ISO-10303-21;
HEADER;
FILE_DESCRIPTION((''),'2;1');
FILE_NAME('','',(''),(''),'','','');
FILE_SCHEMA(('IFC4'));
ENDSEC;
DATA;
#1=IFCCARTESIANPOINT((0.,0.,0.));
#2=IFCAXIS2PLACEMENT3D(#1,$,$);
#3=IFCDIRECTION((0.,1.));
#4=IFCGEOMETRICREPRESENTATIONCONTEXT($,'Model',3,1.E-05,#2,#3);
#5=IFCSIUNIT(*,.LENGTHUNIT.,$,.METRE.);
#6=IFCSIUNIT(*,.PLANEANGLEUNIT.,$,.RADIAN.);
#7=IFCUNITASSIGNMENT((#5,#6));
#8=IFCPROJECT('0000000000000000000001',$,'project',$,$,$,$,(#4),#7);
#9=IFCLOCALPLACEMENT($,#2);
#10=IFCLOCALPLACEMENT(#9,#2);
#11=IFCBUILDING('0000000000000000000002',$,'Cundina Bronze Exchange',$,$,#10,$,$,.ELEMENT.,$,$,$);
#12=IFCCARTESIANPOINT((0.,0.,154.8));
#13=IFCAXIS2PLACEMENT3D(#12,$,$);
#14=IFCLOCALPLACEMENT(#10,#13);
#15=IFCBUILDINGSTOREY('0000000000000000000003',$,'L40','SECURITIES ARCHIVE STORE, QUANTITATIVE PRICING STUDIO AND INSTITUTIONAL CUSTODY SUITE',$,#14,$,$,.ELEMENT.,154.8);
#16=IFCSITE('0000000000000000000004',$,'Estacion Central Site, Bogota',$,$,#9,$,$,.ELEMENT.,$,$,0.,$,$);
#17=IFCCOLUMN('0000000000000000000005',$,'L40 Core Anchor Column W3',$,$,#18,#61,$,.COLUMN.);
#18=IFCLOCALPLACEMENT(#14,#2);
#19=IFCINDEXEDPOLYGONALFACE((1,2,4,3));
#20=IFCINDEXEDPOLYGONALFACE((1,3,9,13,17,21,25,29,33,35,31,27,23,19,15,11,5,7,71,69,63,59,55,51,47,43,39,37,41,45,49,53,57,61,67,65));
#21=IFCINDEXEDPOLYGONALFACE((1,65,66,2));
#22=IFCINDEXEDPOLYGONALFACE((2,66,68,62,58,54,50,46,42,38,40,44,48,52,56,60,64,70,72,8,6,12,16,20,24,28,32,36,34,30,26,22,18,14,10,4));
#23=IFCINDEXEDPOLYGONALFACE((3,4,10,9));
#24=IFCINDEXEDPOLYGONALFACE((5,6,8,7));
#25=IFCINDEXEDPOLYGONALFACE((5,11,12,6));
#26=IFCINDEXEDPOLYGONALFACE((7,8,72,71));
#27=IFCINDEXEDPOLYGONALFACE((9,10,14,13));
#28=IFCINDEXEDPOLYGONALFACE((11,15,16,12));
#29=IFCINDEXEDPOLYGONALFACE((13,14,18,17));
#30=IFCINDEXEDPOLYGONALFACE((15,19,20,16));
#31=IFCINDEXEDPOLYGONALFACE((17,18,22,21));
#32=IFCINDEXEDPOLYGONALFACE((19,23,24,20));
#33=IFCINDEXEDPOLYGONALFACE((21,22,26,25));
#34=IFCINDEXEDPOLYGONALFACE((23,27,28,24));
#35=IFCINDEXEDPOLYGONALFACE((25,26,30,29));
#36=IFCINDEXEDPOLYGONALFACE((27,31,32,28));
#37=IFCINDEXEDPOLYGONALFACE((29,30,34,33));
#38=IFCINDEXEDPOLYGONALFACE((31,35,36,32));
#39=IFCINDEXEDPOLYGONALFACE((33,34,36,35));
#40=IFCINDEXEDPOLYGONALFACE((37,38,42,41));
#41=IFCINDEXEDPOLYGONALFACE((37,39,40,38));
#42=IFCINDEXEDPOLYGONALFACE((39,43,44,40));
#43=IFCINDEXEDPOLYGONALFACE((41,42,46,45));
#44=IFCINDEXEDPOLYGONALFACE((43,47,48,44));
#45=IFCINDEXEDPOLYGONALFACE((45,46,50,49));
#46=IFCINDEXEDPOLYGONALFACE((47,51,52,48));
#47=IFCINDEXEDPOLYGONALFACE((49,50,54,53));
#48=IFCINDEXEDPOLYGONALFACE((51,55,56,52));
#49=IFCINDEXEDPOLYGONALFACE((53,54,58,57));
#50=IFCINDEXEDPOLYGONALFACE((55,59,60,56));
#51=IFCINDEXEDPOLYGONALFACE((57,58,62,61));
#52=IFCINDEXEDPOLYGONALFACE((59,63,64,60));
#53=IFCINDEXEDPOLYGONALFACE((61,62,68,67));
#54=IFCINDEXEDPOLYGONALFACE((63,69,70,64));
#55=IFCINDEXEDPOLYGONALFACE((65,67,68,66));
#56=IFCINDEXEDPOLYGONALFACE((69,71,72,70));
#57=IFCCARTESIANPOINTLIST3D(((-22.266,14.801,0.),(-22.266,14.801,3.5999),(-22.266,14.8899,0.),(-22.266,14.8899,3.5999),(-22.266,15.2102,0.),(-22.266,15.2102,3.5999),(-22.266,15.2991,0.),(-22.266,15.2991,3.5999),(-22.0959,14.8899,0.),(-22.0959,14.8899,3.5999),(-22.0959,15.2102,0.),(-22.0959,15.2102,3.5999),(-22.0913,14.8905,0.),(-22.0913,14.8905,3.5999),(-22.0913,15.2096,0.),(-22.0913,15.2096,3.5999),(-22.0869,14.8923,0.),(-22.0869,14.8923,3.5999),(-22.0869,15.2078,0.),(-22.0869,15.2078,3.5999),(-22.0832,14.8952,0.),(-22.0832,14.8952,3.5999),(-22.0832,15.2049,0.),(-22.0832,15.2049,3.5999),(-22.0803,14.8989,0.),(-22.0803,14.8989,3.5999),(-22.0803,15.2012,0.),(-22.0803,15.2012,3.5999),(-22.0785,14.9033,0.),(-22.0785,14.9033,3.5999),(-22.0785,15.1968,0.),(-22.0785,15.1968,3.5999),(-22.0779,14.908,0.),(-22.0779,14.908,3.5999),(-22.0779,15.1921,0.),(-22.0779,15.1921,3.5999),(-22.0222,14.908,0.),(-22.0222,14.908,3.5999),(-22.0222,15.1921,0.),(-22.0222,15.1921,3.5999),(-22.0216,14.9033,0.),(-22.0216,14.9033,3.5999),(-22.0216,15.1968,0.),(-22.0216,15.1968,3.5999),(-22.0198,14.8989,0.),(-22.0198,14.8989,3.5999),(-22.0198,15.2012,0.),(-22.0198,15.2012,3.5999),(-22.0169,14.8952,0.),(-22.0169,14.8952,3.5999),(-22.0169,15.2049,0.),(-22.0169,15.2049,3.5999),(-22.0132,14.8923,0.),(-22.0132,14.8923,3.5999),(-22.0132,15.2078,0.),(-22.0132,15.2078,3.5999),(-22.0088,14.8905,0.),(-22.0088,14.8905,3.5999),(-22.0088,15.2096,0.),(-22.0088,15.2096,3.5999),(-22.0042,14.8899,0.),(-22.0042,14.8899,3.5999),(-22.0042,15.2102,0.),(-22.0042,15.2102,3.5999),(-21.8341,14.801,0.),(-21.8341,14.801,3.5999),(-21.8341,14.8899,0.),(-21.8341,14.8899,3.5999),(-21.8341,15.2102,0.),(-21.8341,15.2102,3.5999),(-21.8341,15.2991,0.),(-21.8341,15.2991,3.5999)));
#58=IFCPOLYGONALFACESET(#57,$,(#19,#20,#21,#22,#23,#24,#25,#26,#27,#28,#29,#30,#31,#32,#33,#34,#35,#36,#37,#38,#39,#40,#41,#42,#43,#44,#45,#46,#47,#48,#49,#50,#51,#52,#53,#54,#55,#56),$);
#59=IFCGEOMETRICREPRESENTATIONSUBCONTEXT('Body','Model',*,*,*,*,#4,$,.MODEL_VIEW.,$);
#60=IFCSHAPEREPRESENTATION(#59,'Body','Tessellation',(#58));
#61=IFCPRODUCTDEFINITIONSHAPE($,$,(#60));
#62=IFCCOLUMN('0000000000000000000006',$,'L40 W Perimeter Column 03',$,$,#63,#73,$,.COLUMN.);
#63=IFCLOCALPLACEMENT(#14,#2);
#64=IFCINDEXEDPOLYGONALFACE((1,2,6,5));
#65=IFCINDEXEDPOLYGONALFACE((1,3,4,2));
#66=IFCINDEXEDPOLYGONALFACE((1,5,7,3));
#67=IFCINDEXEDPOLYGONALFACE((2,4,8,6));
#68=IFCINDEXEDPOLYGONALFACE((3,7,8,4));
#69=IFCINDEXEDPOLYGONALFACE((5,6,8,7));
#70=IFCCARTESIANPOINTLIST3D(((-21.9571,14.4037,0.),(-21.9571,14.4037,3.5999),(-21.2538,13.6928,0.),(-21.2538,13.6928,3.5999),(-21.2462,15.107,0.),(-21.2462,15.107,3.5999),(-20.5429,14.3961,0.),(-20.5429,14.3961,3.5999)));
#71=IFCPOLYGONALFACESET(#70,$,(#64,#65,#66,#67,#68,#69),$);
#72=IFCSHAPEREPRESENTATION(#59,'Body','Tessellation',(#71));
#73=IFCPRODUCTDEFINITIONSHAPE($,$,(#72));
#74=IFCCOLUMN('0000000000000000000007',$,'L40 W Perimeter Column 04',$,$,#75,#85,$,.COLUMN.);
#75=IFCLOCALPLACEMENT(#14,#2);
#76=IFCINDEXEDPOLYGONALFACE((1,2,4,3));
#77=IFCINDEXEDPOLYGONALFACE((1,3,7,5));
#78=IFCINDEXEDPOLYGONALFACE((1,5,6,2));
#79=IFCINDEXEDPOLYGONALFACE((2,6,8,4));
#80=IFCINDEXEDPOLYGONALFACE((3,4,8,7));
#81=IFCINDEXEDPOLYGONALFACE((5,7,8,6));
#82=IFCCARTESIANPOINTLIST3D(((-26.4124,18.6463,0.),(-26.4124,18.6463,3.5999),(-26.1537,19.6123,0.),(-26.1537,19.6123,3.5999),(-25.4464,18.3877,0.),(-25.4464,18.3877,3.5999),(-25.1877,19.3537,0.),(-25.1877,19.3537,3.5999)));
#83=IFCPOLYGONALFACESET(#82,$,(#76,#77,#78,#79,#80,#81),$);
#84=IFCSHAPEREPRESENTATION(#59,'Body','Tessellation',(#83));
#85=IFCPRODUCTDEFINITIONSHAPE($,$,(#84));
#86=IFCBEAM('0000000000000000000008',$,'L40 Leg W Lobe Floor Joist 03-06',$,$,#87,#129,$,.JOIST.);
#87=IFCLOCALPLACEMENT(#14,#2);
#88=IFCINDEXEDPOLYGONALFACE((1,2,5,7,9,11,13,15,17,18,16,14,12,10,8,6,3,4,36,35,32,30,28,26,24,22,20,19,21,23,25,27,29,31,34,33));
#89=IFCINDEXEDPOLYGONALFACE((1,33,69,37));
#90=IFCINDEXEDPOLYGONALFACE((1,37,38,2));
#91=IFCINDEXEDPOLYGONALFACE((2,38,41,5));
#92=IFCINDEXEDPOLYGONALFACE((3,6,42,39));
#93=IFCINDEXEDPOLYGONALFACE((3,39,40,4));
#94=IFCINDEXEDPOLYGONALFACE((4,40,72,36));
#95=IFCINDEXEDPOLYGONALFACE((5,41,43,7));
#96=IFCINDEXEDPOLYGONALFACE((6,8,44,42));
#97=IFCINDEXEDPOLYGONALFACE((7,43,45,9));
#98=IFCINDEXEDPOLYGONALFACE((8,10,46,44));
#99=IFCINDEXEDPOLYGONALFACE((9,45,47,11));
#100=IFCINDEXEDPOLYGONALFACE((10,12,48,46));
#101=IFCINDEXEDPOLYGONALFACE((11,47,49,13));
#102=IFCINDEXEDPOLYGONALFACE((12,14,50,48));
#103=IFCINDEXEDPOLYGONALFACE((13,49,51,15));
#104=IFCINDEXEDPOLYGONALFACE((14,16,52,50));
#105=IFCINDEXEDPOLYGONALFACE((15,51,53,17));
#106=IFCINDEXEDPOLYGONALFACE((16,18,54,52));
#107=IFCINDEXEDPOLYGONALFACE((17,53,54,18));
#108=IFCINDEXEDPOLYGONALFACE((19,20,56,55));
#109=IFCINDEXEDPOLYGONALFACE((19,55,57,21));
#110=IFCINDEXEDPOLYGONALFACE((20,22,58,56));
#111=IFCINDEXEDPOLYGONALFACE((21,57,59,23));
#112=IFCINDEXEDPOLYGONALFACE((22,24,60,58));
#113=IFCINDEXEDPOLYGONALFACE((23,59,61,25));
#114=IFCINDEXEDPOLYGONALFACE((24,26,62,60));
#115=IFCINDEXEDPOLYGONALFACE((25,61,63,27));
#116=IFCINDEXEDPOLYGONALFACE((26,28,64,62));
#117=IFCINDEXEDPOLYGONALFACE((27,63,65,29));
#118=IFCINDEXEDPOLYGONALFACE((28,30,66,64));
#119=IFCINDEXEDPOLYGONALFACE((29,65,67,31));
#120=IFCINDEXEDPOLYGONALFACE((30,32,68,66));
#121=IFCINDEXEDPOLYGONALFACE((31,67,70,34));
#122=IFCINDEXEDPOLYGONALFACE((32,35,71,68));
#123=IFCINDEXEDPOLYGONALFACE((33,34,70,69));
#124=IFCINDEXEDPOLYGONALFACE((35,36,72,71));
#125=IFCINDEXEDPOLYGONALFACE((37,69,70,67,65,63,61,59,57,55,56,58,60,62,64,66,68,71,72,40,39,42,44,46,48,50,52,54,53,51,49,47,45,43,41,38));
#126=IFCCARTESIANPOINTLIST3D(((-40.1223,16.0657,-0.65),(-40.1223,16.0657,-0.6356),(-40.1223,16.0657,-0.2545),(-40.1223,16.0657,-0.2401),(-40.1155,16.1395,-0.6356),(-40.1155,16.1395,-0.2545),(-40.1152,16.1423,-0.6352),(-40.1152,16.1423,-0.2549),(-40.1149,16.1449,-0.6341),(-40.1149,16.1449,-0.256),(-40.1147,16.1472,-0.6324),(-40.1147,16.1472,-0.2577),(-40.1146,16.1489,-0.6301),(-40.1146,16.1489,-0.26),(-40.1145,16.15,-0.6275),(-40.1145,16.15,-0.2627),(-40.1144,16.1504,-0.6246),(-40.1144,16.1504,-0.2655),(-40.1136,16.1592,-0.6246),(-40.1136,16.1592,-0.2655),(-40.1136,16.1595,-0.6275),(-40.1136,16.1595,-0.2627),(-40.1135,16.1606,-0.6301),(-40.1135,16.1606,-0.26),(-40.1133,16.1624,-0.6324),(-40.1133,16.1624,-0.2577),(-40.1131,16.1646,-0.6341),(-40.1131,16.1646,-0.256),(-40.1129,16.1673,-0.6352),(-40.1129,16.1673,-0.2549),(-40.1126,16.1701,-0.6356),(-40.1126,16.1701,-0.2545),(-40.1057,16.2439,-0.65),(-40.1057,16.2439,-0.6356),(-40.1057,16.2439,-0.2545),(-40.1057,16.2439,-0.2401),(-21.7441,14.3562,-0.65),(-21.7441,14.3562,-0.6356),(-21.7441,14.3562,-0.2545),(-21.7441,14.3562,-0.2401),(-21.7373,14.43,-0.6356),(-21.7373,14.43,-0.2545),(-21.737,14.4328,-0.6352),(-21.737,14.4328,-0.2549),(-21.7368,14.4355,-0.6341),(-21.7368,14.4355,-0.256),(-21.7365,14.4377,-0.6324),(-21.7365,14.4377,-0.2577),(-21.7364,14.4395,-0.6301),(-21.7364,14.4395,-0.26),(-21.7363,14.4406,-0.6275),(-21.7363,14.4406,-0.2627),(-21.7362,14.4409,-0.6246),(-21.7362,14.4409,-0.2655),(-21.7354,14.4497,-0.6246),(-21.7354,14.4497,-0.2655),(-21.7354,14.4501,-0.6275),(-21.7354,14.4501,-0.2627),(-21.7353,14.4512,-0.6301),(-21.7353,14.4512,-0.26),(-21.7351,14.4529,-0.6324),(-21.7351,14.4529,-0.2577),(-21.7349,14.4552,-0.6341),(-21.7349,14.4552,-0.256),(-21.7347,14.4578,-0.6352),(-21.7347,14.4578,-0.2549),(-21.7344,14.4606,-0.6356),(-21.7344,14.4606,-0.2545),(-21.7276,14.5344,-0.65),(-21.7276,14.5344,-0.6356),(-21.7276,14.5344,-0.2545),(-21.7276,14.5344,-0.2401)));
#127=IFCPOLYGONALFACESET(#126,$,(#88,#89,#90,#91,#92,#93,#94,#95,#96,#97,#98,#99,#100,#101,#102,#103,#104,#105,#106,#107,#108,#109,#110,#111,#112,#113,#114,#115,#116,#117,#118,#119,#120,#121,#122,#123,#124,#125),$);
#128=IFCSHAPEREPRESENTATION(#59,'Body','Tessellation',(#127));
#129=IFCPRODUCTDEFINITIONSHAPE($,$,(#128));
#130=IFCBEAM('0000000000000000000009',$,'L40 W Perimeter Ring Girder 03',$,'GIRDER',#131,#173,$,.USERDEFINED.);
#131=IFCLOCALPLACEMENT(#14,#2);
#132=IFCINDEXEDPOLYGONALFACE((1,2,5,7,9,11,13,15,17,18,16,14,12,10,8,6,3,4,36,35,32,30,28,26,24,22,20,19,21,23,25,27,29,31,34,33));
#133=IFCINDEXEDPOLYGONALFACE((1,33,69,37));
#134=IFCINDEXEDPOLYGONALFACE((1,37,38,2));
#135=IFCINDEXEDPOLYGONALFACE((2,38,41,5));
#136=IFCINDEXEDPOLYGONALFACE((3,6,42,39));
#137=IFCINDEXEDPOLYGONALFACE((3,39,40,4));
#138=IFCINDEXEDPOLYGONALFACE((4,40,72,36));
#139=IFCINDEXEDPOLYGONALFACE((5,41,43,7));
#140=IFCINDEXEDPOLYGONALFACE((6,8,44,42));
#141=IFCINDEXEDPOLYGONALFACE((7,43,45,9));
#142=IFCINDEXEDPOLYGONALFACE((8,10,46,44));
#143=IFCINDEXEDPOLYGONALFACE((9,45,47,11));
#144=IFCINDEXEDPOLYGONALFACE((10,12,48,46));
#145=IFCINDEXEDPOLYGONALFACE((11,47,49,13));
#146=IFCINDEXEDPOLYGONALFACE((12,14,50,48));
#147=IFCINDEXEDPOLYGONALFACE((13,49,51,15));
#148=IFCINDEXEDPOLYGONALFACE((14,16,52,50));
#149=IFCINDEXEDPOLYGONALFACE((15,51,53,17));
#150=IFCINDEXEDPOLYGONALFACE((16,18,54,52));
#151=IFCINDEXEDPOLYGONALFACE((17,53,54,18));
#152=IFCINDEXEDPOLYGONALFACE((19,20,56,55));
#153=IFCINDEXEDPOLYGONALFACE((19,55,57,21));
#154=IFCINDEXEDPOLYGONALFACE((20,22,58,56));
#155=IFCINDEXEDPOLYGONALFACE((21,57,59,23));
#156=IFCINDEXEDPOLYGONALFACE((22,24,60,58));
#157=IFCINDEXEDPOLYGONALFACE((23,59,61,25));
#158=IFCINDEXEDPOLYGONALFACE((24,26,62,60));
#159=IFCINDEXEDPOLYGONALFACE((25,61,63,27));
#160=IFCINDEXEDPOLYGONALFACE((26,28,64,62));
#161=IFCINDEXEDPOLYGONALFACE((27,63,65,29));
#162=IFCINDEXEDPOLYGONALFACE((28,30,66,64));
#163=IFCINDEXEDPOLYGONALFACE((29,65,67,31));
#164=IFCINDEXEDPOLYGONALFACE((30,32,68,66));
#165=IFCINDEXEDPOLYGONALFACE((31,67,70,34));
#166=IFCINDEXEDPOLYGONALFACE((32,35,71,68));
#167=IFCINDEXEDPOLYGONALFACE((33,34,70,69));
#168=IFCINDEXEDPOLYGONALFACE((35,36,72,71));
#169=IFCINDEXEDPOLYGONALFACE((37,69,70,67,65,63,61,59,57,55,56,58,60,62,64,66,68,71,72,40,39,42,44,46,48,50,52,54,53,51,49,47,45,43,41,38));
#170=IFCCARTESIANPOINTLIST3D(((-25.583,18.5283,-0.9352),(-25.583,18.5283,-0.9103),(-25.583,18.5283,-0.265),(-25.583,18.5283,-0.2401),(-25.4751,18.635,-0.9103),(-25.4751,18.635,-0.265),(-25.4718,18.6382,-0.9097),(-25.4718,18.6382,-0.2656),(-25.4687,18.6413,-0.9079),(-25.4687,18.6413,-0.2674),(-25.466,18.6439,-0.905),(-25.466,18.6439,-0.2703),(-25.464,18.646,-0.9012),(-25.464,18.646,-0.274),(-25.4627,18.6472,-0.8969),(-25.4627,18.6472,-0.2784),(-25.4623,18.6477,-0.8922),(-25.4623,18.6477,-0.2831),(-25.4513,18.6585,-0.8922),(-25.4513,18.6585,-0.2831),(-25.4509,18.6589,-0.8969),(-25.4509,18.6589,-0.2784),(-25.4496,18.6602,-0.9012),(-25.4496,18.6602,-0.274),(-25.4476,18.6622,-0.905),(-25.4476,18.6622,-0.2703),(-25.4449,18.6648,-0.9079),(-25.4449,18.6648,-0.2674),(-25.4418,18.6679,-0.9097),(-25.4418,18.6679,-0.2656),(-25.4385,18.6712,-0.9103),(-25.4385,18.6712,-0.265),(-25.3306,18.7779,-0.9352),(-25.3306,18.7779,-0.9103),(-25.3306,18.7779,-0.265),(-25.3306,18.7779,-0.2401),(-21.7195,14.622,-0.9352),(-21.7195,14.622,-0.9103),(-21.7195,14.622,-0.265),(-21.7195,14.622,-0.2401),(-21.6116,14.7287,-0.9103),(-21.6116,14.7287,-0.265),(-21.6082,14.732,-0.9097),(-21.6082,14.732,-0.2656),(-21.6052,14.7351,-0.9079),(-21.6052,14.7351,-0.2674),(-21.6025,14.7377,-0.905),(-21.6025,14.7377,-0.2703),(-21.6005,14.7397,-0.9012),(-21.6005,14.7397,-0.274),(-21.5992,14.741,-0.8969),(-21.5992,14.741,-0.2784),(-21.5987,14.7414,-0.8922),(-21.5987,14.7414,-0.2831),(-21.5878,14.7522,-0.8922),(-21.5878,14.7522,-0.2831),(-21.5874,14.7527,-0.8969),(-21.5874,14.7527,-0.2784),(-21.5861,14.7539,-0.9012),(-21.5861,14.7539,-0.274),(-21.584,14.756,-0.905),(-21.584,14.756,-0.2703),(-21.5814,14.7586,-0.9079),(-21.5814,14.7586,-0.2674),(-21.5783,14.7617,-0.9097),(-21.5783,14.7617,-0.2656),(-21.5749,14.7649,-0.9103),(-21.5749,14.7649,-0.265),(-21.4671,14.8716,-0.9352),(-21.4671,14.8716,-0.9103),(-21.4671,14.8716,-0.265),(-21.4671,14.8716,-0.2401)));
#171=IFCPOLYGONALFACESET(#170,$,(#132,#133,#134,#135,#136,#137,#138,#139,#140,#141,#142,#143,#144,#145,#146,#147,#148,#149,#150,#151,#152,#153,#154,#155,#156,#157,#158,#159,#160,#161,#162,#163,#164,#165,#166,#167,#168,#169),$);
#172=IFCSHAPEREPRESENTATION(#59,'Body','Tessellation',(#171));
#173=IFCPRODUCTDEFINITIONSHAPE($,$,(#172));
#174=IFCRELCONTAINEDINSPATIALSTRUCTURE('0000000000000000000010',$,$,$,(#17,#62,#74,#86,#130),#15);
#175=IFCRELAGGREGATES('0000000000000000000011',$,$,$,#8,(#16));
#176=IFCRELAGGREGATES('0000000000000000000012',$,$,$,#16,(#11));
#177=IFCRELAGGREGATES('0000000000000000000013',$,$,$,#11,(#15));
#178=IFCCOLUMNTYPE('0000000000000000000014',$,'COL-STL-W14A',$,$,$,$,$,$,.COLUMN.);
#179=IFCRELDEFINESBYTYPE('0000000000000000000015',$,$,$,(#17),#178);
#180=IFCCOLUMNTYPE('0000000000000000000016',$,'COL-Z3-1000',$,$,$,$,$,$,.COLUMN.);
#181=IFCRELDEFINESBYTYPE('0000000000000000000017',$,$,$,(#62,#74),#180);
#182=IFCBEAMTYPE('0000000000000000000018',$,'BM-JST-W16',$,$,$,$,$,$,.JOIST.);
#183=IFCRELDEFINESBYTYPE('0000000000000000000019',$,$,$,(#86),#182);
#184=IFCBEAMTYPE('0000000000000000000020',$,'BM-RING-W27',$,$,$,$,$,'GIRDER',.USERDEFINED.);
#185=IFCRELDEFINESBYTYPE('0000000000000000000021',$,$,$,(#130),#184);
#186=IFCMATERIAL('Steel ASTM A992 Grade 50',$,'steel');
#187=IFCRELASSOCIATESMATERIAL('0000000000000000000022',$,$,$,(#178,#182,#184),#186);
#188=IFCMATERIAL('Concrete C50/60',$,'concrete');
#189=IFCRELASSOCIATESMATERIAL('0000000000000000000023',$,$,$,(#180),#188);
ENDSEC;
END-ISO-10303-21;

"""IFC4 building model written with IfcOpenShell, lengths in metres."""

from ifc_helpers import new_model, si_unit, direction, frame, origin, origin_2d, place, context, subcontext, project, spatial, rectangle, i_section, extrude, material, material_profile, profile_set, type_object, element, save


model = new_model("IFC4")

# Units and contexts
model_context = context("Model", 3, precision=1e-05, world=origin(), true_north=direction((0.0, 1.0)))
body_context = subcontext(model_context, "Body", "Model", "MODEL_VIEW")
ifc_project = project(units=[si_unit("LENGTHUNIT", "METRE"), si_unit("PLANEANGLEUNIT", "RADIAN")], contexts=[model_context])

# Site, building, storey
site_placement = place(None, origin())
site = spatial("IfcSite", under=ifc_project, at=site_placement, Name="Estacion Central Site, Bogota", CompositionType="ELEMENT", RefElevation=0.0)
building_placement = place(site_placement, origin())
building = spatial("IfcBuilding", under=site, at=building_placement, Name="Cundina Bronze Exchange", CompositionType="ELEMENT")
storey_placement = place(building_placement, frame((0.0, 0.0, 154.8)))
storey = spatial("IfcBuildingStorey", under=building, at=storey_placement, Name="L40", Description="SECURITIES ARCHIVE STORE, QUANTITATIVE PRICING STUDIO AND INSTITUTIONAL CUSTODY SUITE", CompositionType="ELEMENT", Elevation=154.8)

# Columns
ifc_material_1 = material(Name="Steel ASTM A992 Grade 50", Category="steel")
ifc_material_profile_1 = material_profile(ifc_material_1, i_section(OverallWidth=0.4319, OverallDepth=0.498, WebThickness=0.0557, FlangeThickness=0.0889, FilletRadius=0.0181, at=origin_2d()), Name="W14X500", Category="steel")
ifc_profile_set_1 = profile_set([ifc_material_profile_1], Name="Steel ASTM A992 Grade 50")
column_type_1 = type_object("IfcColumnType", Name="COL-STL-W14A", PredefinedType="COLUMN", material=ifc_profile_set_1)
column_placement = place(storey_placement, frame((-22.05, 15.05, 0.0), z_axis=(0.0, 0.0, 1.0), x_axis=(1.0, 0.0, 0.0)))
element("IfcColumn", 1, at=column_placement, inside=storey, type_object=column_type_1, Name="L40 Core Anchor Column W3", PredefinedType="COLUMN", context=body_context, shape_type="SweptSolid", body=[
    extrude(i_section(OverallWidth=0.4319, OverallDepth=0.498, WebThickness=0.0557, FlangeThickness=0.0889, FilletRadius=0.0181, at=origin_2d()), origin(), (0.0, 0.0, 1.0), 3.5999),
])
ifc_material_2 = material(Name="Concrete C50/60", Category="concrete")
ifc_material_profile_2 = material_profile(ifc_material_2, rectangle(XDim=1.0, YDim=1.0, at=origin_2d()), Name="RC1000X1000", Category="concrete")
ifc_profile_set_2 = profile_set([ifc_material_profile_2], Name="Concrete C50/60")
column_type_2 = type_object("IfcColumnType", Name="COL-Z3-1000", PredefinedType="COLUMN", material=ifc_profile_set_2)
for number, where, z_axis, x_axis, name in (
    (2, (-21.25, 14.3999, 0.0), (0.0, 0.0, 1.0), (-0.703271, 0.710922, 0.0), "L40 W Perimeter Column 03"),
    (3, (-25.8, 19.0, 0.0), (0.0, 0.0, 1.0), (-0.965971, 0.25865, 0.0), "L40 W Perimeter Column 04"),
):
    element("IfcColumn", number, at=place(storey_placement, frame(where, z_axis=z_axis, x_axis=x_axis)), inside=storey, type_object=column_type_2, Name=name, PredefinedType="COLUMN", context=body_context, shape_type="SweptSolid", body=[
        extrude(rectangle(XDim=1.0, YDim=1.0, at=origin_2d()), origin(), (0.0, 0.0, 1.0), 3.5999),
    ])

# Beams
ifc_material_profile_3 = material_profile(ifc_material_1, i_section(OverallWidth=0.179, OverallDepth=0.4099, WebThickness=0.0088, FlangeThickness=0.0144, FilletRadius=0.011, at=origin_2d()), Name="W16X45", Category="steel")
ifc_profile_set_3 = profile_set([ifc_material_profile_3], Name="Steel ASTM A992 Grade 50")
beam_type_1 = type_object("IfcBeamType", Name="BM-JST-W16", PredefinedType="JOIST", material=ifc_profile_set_3)
beam_1_placement = place(storey_placement, frame((-21.7358, 14.4453, -0.4451), z_axis=(-0.995702, 0.092617, 0.0), x_axis=(-0.092617, -0.995702, 0.0)))
element("IfcBeam", 4, at=beam_1_placement, inside=storey, type_object=beam_type_1, Name="L40 Leg W Lobe Floor Joist 03-06", PredefinedType="JOIST", context=body_context, shape_type="SweptSolid", body=[
    extrude(i_section(OverallWidth=0.179, OverallDepth=0.4099, WebThickness=0.0088, FlangeThickness=0.0144, FilletRadius=0.011, at=origin_2d()), origin(), (0.0, 0.0, 1.0), 18.4575),
])
ifc_material_profile_4 = material_profile(ifc_material_1, i_section(OverallWidth=0.355, OverallDepth=0.6951, WebThickness=0.0154, FlangeThickness=0.0249, FilletRadius=0.0181, at=origin_2d()), Name="W27X146", Category="steel")
ifc_profile_set_4 = profile_set([ifc_material_profile_4], Name="Steel ASTM A992 Grade 50")
beam_type_2 = type_object("IfcBeamType", Name="BM-RING-W27", ElementType="GIRDER", PredefinedType="USERDEFINED", material=ifc_profile_set_4)
beam_2_placement = place(storey_placement, frame((-21.5933, 14.7468, -0.5876), z_axis=(-0.703208, 0.710984, 0.0), x_axis=(-0.710984, -0.703208, 0.0)))
element("IfcBeam", 5, at=beam_2_placement, inside=storey, type_object=beam_type_2, Name="L40 W Perimeter Ring Girder 03", ObjectType="GIRDER", PredefinedType="USERDEFINED", context=body_context, shape_type="SweptSolid", body=[
    extrude(i_section(OverallWidth=0.355, OverallDepth=0.6951, WebThickness=0.0154, FlangeThickness=0.0249, FilletRadius=0.0181, at=origin_2d()), origin(), (0.0, 0.0, 1.0), 5.4941),
])

save(model, "model.ifc")
